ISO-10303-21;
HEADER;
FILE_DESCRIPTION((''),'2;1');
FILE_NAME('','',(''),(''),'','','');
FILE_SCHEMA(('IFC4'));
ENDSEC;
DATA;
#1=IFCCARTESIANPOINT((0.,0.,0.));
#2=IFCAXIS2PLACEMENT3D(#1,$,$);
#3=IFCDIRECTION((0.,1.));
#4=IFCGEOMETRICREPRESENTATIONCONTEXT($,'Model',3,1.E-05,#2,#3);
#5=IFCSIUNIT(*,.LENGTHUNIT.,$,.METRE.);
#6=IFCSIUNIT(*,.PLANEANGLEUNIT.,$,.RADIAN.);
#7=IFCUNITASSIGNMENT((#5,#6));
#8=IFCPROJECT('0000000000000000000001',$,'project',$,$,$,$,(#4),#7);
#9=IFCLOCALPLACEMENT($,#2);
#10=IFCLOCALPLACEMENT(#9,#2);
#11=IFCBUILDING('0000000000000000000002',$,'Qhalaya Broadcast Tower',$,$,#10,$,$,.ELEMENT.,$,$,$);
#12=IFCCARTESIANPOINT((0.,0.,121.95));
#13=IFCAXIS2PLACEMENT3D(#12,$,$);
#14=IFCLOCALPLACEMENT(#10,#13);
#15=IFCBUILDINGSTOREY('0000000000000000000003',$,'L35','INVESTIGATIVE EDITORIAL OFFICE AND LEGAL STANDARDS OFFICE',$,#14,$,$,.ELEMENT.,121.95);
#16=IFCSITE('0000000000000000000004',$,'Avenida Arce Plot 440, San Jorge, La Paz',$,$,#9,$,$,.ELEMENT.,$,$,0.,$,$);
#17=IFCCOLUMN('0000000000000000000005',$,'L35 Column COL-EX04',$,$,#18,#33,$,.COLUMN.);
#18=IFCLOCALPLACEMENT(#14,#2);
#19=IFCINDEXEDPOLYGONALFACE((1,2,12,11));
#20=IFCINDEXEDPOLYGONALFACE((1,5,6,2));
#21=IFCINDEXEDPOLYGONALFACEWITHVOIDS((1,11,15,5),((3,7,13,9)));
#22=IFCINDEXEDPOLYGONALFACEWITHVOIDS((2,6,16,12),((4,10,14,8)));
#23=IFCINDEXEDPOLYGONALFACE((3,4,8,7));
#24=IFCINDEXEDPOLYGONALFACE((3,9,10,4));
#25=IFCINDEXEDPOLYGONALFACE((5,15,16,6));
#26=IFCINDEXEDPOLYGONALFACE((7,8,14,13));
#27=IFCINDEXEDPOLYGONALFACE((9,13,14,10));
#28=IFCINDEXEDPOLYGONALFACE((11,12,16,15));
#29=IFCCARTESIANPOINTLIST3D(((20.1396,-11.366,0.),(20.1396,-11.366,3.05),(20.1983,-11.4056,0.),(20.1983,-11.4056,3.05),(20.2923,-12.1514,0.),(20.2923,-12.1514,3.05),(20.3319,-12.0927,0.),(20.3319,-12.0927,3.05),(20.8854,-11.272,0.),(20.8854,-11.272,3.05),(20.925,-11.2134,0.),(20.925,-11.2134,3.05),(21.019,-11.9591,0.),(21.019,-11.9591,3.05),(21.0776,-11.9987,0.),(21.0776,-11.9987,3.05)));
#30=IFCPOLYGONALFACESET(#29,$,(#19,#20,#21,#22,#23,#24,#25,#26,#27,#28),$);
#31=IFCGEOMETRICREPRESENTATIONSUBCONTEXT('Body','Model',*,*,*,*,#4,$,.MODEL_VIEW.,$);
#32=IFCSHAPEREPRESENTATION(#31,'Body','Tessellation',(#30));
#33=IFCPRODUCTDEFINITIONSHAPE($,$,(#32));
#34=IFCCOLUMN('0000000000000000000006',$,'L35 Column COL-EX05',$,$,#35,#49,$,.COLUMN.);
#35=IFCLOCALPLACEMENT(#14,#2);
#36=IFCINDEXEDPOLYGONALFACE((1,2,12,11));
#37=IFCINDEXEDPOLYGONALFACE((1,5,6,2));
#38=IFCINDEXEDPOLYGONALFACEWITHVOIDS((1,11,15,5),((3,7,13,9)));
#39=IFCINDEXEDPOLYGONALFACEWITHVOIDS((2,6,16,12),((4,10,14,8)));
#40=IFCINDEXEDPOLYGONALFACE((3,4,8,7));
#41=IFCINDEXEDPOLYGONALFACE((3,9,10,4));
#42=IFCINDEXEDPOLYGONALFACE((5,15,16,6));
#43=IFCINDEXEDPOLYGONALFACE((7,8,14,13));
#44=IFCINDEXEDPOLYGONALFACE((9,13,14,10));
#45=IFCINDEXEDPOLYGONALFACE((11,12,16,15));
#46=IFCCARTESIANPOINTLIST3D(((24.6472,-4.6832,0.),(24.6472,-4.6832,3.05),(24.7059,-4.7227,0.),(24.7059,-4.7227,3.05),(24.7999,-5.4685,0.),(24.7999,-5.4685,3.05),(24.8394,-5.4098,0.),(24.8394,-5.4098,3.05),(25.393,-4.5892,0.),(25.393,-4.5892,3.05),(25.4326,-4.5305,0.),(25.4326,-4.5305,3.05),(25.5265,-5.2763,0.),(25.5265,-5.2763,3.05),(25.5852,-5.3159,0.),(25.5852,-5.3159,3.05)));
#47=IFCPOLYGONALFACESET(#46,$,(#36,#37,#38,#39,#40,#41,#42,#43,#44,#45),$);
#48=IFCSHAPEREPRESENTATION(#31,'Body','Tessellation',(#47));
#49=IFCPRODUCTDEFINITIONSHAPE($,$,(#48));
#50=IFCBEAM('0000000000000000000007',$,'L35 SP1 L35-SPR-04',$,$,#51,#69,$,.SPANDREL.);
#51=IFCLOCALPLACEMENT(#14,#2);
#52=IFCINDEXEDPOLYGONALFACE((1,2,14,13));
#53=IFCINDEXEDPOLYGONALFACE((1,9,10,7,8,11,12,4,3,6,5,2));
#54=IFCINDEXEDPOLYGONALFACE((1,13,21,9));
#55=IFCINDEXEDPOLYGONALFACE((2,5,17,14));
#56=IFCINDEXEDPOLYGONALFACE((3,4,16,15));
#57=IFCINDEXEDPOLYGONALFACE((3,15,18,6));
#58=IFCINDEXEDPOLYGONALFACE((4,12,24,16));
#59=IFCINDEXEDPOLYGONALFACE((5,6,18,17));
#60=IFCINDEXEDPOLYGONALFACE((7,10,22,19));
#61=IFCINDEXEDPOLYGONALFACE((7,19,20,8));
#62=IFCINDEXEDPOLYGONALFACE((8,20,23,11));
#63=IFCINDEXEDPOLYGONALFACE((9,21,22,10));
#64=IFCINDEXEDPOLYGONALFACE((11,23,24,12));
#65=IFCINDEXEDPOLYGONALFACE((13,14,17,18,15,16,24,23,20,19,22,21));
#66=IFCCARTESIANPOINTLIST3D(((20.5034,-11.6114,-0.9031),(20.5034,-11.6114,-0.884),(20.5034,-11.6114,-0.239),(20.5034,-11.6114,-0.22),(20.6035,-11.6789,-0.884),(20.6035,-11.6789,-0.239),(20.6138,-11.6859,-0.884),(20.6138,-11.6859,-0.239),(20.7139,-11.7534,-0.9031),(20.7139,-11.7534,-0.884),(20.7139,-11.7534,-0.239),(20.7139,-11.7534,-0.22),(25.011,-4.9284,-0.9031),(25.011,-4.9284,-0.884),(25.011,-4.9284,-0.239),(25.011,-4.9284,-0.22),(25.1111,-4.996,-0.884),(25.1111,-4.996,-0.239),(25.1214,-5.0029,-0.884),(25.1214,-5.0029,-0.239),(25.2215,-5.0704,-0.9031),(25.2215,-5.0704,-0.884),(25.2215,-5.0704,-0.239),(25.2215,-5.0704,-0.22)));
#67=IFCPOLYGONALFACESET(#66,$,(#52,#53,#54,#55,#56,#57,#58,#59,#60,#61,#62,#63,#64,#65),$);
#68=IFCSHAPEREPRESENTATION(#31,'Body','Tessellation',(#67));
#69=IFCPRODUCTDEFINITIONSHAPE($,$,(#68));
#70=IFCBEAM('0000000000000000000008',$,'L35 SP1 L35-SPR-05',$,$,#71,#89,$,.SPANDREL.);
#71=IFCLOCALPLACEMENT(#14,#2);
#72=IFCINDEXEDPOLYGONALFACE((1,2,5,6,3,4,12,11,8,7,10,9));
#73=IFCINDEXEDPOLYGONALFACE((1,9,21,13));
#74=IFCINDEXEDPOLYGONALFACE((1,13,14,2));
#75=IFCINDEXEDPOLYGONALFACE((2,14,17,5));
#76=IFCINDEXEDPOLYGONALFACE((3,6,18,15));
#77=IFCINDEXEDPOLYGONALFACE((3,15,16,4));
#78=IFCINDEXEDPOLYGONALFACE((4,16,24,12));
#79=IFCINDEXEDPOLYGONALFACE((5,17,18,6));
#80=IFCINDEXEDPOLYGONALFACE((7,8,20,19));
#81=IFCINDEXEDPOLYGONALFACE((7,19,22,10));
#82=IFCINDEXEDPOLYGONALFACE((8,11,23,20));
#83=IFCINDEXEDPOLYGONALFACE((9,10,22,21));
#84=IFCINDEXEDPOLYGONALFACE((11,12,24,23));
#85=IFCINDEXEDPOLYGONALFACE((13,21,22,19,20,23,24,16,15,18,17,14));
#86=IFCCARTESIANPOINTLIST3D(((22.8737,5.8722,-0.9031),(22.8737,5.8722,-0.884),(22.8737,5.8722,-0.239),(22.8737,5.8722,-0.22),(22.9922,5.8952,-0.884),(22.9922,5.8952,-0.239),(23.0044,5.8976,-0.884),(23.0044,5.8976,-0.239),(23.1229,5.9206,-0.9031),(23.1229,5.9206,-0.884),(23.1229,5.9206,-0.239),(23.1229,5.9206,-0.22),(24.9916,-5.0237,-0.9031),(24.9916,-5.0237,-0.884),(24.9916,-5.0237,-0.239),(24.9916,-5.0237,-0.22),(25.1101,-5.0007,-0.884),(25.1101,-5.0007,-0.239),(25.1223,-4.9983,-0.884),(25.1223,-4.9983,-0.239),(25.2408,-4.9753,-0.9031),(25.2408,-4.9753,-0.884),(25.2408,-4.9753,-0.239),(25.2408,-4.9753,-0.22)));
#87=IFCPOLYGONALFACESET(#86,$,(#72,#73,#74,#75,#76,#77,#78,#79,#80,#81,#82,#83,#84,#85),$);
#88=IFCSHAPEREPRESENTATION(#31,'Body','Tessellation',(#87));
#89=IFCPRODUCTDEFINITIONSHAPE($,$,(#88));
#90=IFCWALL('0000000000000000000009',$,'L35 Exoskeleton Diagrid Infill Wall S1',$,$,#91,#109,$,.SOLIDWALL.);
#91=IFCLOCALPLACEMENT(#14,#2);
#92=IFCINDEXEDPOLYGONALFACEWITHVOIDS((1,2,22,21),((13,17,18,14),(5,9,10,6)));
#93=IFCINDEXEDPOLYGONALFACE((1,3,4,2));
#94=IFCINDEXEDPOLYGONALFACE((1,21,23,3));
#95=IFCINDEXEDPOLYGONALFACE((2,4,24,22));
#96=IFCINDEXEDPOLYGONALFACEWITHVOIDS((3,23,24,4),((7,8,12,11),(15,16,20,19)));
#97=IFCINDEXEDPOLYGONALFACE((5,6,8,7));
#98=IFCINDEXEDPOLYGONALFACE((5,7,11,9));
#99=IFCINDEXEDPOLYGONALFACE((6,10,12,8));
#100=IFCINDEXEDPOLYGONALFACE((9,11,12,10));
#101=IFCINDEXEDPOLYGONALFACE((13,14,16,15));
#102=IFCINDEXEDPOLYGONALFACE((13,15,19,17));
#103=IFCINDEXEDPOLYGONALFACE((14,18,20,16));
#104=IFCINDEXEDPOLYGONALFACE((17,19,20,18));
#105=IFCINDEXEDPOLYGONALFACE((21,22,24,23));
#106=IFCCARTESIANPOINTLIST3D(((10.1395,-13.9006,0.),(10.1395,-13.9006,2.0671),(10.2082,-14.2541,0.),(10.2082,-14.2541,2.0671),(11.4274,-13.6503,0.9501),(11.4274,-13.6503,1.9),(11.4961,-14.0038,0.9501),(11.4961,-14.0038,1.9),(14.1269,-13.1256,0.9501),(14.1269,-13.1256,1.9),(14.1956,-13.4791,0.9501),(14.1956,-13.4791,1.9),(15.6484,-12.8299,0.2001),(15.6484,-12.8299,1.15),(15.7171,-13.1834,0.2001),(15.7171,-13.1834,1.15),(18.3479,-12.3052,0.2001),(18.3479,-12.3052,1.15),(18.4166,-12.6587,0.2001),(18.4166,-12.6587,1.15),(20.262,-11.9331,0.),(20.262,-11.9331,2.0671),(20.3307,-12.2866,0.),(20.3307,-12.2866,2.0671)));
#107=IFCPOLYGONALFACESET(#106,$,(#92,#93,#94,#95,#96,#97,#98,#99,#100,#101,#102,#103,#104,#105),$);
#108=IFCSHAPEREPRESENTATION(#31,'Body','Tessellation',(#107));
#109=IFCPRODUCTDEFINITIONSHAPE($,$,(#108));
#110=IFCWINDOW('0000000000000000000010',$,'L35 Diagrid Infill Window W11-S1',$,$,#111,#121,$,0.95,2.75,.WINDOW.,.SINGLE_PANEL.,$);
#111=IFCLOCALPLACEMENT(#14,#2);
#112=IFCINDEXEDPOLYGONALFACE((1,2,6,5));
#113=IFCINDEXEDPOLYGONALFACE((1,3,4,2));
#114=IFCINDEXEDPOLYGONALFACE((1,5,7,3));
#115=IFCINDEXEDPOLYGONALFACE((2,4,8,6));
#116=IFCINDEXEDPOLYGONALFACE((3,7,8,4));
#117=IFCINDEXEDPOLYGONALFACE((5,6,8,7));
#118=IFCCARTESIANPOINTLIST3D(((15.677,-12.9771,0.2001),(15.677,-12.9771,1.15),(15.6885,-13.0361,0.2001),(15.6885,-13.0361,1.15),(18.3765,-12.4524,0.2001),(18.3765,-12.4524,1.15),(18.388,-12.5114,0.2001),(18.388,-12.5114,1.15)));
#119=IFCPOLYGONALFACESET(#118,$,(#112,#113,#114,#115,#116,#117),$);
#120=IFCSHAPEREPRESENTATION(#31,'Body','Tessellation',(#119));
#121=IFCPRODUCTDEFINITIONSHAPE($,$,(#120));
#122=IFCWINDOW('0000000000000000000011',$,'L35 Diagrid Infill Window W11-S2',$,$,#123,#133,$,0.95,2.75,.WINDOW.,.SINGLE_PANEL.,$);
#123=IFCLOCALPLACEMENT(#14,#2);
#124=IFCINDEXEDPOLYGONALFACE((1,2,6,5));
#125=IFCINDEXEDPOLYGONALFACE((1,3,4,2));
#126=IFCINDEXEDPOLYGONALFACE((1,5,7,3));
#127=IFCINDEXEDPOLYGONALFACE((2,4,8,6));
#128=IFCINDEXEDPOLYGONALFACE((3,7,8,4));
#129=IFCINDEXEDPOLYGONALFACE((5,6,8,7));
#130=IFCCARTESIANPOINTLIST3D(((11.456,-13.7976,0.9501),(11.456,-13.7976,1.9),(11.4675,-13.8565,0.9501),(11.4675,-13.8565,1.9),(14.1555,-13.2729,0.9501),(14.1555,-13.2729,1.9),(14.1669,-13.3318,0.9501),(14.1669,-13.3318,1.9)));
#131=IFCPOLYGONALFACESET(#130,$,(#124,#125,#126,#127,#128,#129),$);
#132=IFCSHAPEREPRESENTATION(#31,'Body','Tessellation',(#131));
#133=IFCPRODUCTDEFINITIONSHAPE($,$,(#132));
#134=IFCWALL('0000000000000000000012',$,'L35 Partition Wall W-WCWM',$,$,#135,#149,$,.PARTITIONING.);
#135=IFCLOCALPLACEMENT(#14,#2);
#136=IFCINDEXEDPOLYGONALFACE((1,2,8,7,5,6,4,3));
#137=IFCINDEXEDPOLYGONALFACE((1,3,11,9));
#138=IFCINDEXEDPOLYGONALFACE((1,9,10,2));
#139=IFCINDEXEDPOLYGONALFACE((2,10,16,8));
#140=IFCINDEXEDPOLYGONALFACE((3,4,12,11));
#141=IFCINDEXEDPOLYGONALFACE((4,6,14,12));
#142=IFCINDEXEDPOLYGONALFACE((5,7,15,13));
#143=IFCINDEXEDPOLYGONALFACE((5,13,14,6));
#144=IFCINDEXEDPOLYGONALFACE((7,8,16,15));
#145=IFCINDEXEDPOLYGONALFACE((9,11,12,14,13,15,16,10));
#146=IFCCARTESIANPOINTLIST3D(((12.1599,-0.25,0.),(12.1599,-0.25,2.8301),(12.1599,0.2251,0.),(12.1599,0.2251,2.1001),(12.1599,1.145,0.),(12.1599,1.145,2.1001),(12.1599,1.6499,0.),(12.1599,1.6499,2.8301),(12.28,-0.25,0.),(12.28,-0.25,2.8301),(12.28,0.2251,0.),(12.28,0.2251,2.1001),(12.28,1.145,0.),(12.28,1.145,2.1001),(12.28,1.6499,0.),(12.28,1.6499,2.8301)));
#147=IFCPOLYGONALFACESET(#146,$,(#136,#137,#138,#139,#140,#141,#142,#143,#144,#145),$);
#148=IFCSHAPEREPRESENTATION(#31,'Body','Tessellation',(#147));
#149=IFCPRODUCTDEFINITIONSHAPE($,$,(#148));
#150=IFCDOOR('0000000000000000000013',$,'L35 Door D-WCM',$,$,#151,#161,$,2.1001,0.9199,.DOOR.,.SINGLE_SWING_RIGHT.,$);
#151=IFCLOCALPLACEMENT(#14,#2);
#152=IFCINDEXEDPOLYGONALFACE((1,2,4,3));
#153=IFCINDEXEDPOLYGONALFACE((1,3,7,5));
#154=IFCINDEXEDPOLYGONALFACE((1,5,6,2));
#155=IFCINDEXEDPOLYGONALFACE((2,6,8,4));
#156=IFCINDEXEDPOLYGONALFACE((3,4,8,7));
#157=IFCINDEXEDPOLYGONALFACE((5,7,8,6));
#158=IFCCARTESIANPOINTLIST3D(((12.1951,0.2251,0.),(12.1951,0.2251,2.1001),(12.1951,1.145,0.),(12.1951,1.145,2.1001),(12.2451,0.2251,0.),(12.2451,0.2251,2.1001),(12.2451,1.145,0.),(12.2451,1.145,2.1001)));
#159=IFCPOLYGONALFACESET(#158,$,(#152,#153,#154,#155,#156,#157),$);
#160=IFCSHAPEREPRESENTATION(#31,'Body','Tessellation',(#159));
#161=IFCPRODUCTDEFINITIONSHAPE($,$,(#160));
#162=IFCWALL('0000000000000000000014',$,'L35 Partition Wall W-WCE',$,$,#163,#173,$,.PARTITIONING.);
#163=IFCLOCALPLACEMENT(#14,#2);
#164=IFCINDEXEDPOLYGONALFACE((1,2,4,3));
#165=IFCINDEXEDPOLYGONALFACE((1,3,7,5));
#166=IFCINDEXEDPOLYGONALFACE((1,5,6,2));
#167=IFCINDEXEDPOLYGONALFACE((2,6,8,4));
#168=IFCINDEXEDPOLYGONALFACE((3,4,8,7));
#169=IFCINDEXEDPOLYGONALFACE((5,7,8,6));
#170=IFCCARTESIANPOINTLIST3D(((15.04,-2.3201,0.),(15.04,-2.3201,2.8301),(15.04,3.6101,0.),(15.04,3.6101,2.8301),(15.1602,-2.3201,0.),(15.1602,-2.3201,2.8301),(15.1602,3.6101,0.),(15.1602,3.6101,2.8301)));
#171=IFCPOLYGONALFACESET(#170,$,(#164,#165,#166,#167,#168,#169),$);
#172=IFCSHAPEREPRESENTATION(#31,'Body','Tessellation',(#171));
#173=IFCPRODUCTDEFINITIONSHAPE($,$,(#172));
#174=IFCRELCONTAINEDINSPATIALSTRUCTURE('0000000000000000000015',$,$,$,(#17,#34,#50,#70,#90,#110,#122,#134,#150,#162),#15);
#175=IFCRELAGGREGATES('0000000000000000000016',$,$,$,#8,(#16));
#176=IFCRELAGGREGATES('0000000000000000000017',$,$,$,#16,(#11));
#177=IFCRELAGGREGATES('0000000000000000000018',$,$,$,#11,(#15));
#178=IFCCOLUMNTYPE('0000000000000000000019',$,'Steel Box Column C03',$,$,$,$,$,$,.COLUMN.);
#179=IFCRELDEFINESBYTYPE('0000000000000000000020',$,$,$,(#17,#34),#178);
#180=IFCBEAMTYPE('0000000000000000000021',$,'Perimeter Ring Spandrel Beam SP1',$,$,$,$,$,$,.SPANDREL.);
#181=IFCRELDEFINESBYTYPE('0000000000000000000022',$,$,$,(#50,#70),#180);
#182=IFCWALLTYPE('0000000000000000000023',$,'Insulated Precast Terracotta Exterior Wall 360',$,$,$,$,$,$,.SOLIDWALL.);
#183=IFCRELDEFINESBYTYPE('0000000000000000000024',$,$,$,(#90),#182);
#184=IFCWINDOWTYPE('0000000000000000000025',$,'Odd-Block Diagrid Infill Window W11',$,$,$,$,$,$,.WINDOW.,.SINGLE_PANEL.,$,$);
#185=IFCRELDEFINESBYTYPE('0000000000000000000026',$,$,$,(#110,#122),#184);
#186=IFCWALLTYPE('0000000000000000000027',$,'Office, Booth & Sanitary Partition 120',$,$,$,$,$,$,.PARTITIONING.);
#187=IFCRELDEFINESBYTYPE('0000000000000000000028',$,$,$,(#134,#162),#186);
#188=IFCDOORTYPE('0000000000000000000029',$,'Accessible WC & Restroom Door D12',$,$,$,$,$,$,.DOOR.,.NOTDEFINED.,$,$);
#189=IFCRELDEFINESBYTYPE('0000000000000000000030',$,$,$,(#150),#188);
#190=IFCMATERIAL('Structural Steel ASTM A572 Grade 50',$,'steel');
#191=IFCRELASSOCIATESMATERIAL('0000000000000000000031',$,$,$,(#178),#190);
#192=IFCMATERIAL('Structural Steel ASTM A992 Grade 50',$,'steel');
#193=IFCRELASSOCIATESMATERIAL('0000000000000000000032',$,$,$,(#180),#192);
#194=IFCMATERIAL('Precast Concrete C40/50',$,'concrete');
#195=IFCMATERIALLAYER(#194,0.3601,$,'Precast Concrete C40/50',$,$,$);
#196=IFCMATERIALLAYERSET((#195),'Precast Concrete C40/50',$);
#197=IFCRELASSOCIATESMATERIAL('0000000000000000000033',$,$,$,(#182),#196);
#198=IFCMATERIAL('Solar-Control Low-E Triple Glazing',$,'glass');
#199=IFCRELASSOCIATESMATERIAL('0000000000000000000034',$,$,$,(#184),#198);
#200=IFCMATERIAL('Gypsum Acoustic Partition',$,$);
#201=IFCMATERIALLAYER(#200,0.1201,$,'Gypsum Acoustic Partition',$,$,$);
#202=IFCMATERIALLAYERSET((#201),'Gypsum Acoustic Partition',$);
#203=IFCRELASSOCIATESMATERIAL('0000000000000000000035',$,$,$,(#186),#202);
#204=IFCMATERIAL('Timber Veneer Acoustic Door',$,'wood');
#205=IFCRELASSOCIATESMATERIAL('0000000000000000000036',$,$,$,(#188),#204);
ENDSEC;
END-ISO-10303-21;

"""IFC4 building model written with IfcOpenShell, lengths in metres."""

from ifc_helpers import new_model, si_unit, direction, frame, frame_2d, origin, origin_2d, place, context, subcontext, project, spatial, rectangle, hollow_rectangle, i_section, extrude, material, layer, layer_set, material_profile, profile_set, type_object, element, fill, save


model = new_model("IFC4")

# Units and contexts
model_context = context("Model", 3, precision=1e-05, world=origin(), true_north=direction((0.0, 1.0)))
body_context = subcontext(model_context, "Body", "Model", "MODEL_VIEW")
ifc_project = project(units=[si_unit("LENGTHUNIT", "METRE"), si_unit("PLANEANGLEUNIT", "RADIAN")], contexts=[model_context])

# Site, building, storey
site_placement = place(None, origin())
site = spatial("IfcSite", under=ifc_project, at=site_placement, Name="Avenida Arce Plot 440, San Jorge, La Paz", CompositionType="ELEMENT", RefElevation=0.0)
building_placement = place(site_placement, origin())
building = spatial("IfcBuilding", under=site, at=building_placement, Name="Qhalaya Broadcast Tower", CompositionType="ELEMENT")
storey_placement = place(building_placement, frame((0.0, 0.0, 121.95)))
storey = spatial("IfcBuildingStorey", under=building, at=storey_placement, Name="L35", Description="INVESTIGATIVE EDITORIAL OFFICE AND LEGAL STANDARDS OFFICE", CompositionType="ELEMENT", Elevation=121.95)

# Columns
ifc_material_1 = material(Name="Structural Steel ASTM A572 Grade 50", Category="steel")
ifc_material_profile_1 = material_profile(ifc_material_1, hollow_rectangle(XDim=0.8, YDim=0.8, WallThickness=0.05, at=origin_2d()), Name="BOX 800x800x50")
ifc_profile_set_1 = profile_set([ifc_material_profile_1], Name="Structural Steel ASTM A572 Grade 50")
column_type = type_object("IfcColumnType", Name="Steel Box Column C03", PredefinedType="COLUMN", material=ifc_profile_set_1)
for number, where, z_axis, x_axis, name in (
    (1, (20.6086, -11.6824, 0.0), (0.0, 0.0, 1.0), (0.981627, 0.190809, 0.0), "L35 Column COL-EX04"),
    (2, (25.1162, -4.9995, 0.0), (0.0, 0.0, 1.0), (-0.190809, 0.981627, 0.0), "L35 Column COL-EX05"),
):
    element("IfcColumn", number, at=place(storey_placement, frame(where, z_axis=z_axis, x_axis=x_axis)), inside=storey, type_object=column_type, Name=name, PredefinedType="COLUMN", context=body_context, shape_type="SweptSolid", body=[
        extrude(hollow_rectangle(XDim=0.8, YDim=0.8, WallThickness=0.05, at=origin_2d()), origin(), (0.0, 0.0, 1.0), 3.05),
    ])

# Beams
ifc_material_2 = material(Name="Structural Steel ASTM A992 Grade 50", Category="steel")
ifc_material_profile_2 = material_profile(ifc_material_2, i_section(OverallWidth=0.2539, OverallDepth=0.6831, WebThickness=0.0125, FlangeThickness=0.019, at=origin_2d()), Name="W27X94")
ifc_profile_set_2 = profile_set([ifc_material_profile_2], Name="Structural Steel ASTM A992 Grade 50")
beam_type = type_object("IfcBeamType", Name="Perimeter Ring Spandrel Beam SP1", PredefinedType="SPANDREL", material=ifc_profile_set_2)
beam_1_placement = place(storey_placement, frame((20.6086, -11.6824, -0.5615), z_axis=(0.559186, 0.829042, 0.0), x_axis=(-0.829042, 0.559186, 0.0)))
element("IfcBeam", 3, at=beam_1_placement, inside=storey, type_object=beam_type, Name="L35 SP1 L35-SPR-04", PredefinedType="SPANDREL", context=body_context, shape_type="SweptSolid", body=[
    extrude(i_section(OverallWidth=0.2539, OverallDepth=0.6831, WebThickness=0.0125, FlangeThickness=0.019, at=origin_2d()), origin(), (0.0, 0.0, 1.0), 8.061),
])
beam_2_placement = place(storey_placement, frame((25.1162, -4.9995, -0.5615), z_axis=(-0.190805, 0.981628, 0.0), x_axis=(-0.981628, -0.190805, 0.0)))
element("IfcBeam", 4, at=beam_2_placement, inside=storey, type_object=beam_type, Name="L35 SP1 L35-SPR-05", PredefinedType="SPANDREL", context=body_context, shape_type="SweptSolid", body=[
    extrude(i_section(OverallWidth=0.2539, OverallDepth=0.6831, WebThickness=0.0125, FlangeThickness=0.019, at=origin_2d()), origin(), (0.0, 0.0, 1.0), 11.0999),
])

# Wall, openings, windows
ifc_material_3 = material(Name="Precast Concrete C40/50", Category="concrete")
ifc_layer_1 = layer(ifc_material_3, 0.3601, Name="Precast Concrete C40/50")
ifc_layer_set_1 = layer_set([ifc_layer_1], Name="Precast Concrete C40/50")
wall_type_1 = type_object("IfcWallType", Name="Insulated Precast Terracotta Exterior Wall 360", PredefinedType="SOLIDWALL", material=ifc_layer_set_1)
wall_1_placement = place(storey_placement, frame((20.2964, -12.1099, 0.0), z_axis=(0.0, 0.0, 1.0), x_axis=(-0.981629, -0.1908, 0.0)))
wall_1 = element("IfcWall", 5, at=wall_1_placement, inside=storey, type_object=wall_type_1, Name="L35 Exoskeleton Diagrid Infill Wall S1", PredefinedType="SOLIDWALL", context=body_context, shape_type="SweptSolid", body=[
    extrude(rectangle(XDim=10.312, YDim=0.3601, at=frame_2d((5.156, 0.0))), origin(), (0.0, 0.0, 1.0), 2.0671),
])
opening_1_placement = place(wall_1_placement, frame((1.95, 0.0, 0.2)))
opening_1 = element("IfcOpeningElement", 6, at=opening_1_placement, cuts=wall_1, PredefinedType="OPENING", context=body_context, shape_type="SweptSolid", body=[
    extrude(rectangle(XDim=2.75, YDim=0.95, at=frame_2d((1.375, 0.4751))), frame((0.0, 0.1921, 0.0), z_axis=(0.0, -1.0, 0.0), x_axis=(1.0, 0.0, 0.0)), (0.0, 0.0, 1.0), 0.384),
])
opening_2_placement = place(wall_1_placement, frame((6.25, 0.0, 0.95)))
opening_2 = element("IfcOpeningElement", 7, at=opening_2_placement, cuts=wall_1, PredefinedType="OPENING", context=body_context, shape_type="SweptSolid", body=[
    extrude(rectangle(XDim=2.75, YDim=0.95, at=frame_2d((1.375, 0.4751))), frame((0.0, 0.1921, 0.0), z_axis=(0.0, -1.0, 0.0), x_axis=(1.0, 0.0, 0.0)), (0.0, 0.0, 1.0), 0.384),
])
ifc_material_4 = material(Name="Solar-Control Low-E Triple Glazing", Category="glass")
window_type = type_object("IfcWindowType", Name="Odd-Block Diagrid Infill Window W11", PartitioningType="SINGLE_PANEL", PredefinedType="WINDOW", material=ifc_material_4)
window_1_placement = place(opening_1_placement, origin())
window_1 = element("IfcWindow", 8, at=window_1_placement, inside=storey, type_object=window_type, Name="L35 Diagrid Infill Window W11-S1", OverallHeight=0.95, OverallWidth=2.75, PartitioningType="SINGLE_PANEL", PredefinedType="WINDOW", context=body_context, shape_type="SweptSolid", body=[
    extrude(rectangle(XDim=2.75, YDim=0.95, at=frame_2d((1.375, 0.4751))), frame((0.0, 0.03, 0.0), z_axis=(0.0, -1.0, 0.0), x_axis=(1.0, 0.0, 0.0)), (0.0, 0.0, 1.0), 0.0601),
])
fill(opening_1, window_1)
window_2_placement = place(opening_2_placement, origin())
window_2 = element("IfcWindow", 9, at=window_2_placement, inside=storey, type_object=window_type, Name="L35 Diagrid Infill Window W11-S2", OverallHeight=0.95, OverallWidth=2.75, PartitioningType="SINGLE_PANEL", PredefinedType="WINDOW", context=body_context, shape_type="SweptSolid", body=[
    extrude(rectangle(XDim=2.75, YDim=0.95, at=frame_2d((1.375, 0.4751))), frame((0.0, 0.03, 0.0), z_axis=(0.0, -1.0, 0.0), x_axis=(1.0, 0.0, 0.0)), (0.0, 0.0, 1.0), 0.0601),
])
fill(opening_2, window_2)

# Wall, opening, door
ifc_material_5 = material(Name="Gypsum Acoustic Partition")
ifc_layer_2 = layer(ifc_material_5, 0.1201, Name="Gypsum Acoustic Partition")
ifc_layer_set_2 = layer_set([ifc_layer_2], Name="Gypsum Acoustic Partition")
wall_type_2 = type_object("IfcWallType", Name="Office, Booth & Sanitary Partition 120", PredefinedType="PARTITIONING", material=ifc_layer_set_2)
wall_2_placement = place(storey_placement, frame((12.22, -0.25, 0.0), z_axis=(0.0, 0.0, 1.0), x_axis=(0.0, 1.0, 0.0)))
wall_2 = element("IfcWall", 10, at=wall_2_placement, inside=storey, type_object=wall_type_2, Name="L35 Partition Wall W-WCWM", PredefinedType="PARTITIONING", context=body_context, shape_type="SweptSolid", body=[
    extrude(rectangle(XDim=1.8999, YDim=0.1201, at=frame_2d((0.95, 0.0))), origin(), (0.0, 0.0, 1.0), 2.8301),
])
opening_3_placement = place(wall_2_placement, frame((0.4751, 0.0, 0.0)))
opening_3 = element("IfcOpeningElement", 11, at=opening_3_placement, cuts=wall_2, PredefinedType="OPENING", context=body_context, shape_type="SweptSolid", body=[
    extrude(rectangle(XDim=0.9199, YDim=2.1001, at=frame_2d((0.46, 1.05))), frame((0.0, 0.072, 0.0), z_axis=(0.0, -1.0, 0.0), x_axis=(1.0, 0.0, 0.0)), (0.0, 0.0, 1.0), 0.144),
])
ifc_material_6 = material(Name="Timber Veneer Acoustic Door", Category="wood")
door_type = type_object("IfcDoorType", Name="Accessible WC & Restroom Door D12", OperationType="NOTDEFINED", PredefinedType="DOOR", material=ifc_material_6)
door_placement = place(opening_3_placement, origin())
door = element("IfcDoor", 12, at=door_placement, inside=storey, type_object=door_type, Name="L35 Door D-WCM", OperationType="SINGLE_SWING_RIGHT", OverallHeight=2.1001, OverallWidth=0.9199, PredefinedType="DOOR", context=body_context, shape_type="SweptSolid", body=[
    extrude(rectangle(XDim=0.9199, YDim=2.1001, at=frame_2d((0.46, 1.05))), frame((0.0, 0.0249, 0.0), z_axis=(0.0, -1.0, 0.0), x_axis=(1.0, 0.0, 0.0)), (0.0, 0.0, 1.0), 0.05),
])
fill(opening_3, door)

# Wall
wall_3_placement = place(storey_placement, frame((15.1001, -2.3201, 0.0), z_axis=(0.0, 0.0, 1.0), x_axis=(0.0, 1.0, 0.0)))
element("IfcWall", 13, at=wall_3_placement, inside=storey, type_object=wall_type_2, Name="L35 Partition Wall W-WCE", PredefinedType="PARTITIONING", context=body_context, shape_type="SweptSolid", body=[
    extrude(rectangle(XDim=5.9302, YDim=0.1201, at=frame_2d((2.9651, 0.0))), origin(), (0.0, 0.0, 1.0), 2.8301),
])

save(model, "model.ifc")
